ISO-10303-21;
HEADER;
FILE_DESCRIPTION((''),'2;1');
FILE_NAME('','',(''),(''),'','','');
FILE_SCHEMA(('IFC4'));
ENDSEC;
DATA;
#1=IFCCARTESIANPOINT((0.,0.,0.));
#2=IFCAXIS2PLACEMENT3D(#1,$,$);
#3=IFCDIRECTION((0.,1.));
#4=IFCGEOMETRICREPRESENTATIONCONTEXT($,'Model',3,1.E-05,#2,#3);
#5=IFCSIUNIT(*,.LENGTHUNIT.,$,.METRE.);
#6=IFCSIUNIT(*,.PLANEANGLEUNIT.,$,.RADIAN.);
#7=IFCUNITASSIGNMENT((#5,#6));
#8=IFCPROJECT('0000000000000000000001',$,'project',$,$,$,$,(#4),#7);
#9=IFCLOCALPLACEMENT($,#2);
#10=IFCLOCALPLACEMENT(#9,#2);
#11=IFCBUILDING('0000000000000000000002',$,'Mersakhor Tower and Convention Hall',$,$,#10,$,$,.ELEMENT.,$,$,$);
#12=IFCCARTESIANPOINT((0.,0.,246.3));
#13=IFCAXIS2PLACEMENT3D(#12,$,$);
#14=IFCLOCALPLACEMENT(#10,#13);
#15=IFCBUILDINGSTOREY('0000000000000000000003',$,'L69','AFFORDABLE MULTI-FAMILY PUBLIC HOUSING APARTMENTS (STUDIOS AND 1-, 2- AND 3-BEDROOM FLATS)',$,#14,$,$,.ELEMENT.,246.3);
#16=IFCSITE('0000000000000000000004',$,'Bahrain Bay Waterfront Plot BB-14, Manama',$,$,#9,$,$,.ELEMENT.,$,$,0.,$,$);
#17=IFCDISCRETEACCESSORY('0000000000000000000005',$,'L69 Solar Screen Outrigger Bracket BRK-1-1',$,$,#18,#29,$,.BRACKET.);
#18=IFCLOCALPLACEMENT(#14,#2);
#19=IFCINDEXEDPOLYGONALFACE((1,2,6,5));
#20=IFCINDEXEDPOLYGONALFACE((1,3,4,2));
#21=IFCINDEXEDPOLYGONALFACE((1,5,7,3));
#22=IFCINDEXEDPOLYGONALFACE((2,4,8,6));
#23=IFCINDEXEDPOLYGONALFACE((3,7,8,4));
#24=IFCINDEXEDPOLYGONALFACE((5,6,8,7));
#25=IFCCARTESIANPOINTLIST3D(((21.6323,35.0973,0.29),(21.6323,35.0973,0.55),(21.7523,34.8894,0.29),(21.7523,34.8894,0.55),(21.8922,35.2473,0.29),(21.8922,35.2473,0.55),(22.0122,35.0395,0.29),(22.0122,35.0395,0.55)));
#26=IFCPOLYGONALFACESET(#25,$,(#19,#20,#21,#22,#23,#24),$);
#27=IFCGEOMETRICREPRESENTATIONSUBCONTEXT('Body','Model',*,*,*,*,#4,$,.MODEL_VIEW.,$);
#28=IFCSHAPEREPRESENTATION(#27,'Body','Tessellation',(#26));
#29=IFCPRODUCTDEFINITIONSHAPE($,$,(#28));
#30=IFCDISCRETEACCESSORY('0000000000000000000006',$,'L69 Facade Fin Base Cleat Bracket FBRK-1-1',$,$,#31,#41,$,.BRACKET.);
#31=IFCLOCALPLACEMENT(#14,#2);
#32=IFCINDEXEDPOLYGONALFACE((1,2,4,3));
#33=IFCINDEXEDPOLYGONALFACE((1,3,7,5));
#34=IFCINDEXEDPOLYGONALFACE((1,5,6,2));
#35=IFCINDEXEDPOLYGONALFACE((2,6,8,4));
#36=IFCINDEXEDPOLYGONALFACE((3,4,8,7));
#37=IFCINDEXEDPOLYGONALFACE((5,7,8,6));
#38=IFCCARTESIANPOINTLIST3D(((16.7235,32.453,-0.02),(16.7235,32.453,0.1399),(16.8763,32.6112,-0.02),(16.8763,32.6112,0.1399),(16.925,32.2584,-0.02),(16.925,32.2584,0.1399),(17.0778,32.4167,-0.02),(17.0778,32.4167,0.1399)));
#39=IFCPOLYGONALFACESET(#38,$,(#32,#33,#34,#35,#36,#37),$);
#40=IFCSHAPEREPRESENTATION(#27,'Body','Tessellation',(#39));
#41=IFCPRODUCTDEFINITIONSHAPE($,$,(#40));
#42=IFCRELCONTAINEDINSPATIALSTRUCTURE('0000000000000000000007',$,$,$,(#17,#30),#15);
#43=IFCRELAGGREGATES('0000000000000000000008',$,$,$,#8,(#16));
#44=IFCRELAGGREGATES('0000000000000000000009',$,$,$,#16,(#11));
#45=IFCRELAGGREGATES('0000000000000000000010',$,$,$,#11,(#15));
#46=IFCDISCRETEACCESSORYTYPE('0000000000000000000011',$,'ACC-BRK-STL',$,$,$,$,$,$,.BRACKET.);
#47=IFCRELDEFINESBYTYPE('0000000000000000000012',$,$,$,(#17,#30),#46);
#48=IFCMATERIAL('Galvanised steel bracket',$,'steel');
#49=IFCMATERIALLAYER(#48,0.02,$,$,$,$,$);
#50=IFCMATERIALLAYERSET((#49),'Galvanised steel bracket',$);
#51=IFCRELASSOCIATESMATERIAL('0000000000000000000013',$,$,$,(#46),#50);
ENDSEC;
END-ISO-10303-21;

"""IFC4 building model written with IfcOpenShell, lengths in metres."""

from ifc_helpers import new_model, si_unit, direction, frame, origin, origin_2d, place, context, subcontext, project, spatial, rectangle, extrude, material, layer, layer_set, type_object, element, save


model = new_model("IFC4")

# Units and contexts
model_context = context("Model", 3, precision=1e-05, world=origin(), true_north=direction((0.0, 1.0)))
body_context = subcontext(model_context, "Body", "Model", "MODEL_VIEW")
ifc_project = project(units=[si_unit("LENGTHUNIT", "METRE"), si_unit("PLANEANGLEUNIT", "RADIAN")], contexts=[model_context])

# Site, building, storey
site_placement = place(None, origin())
site = spatial("IfcSite", under=ifc_project, at=site_placement, Name="Bahrain Bay Waterfront Plot BB-14, Manama", CompositionType="ELEMENT", RefElevation=0.0)
building_placement = place(site_placement, origin())
building = spatial("IfcBuilding", under=site, at=building_placement, Name="Mersakhor Tower and Convention Hall", CompositionType="ELEMENT")
storey_placement = place(building_placement, frame((0.0, 0.0, 246.3)))
storey = spatial("IfcBuildingStorey", under=building, at=storey_placement, Name="L69", Description="AFFORDABLE MULTI-FAMILY PUBLIC HOUSING APARTMENTS (STUDIOS AND 1-, 2- AND 3-BEDROOM FLATS)", CompositionType="ELEMENT", Elevation=246.3)

# Discrete accessories
ifc_material_1 = material(Name="Galvanised steel bracket", Category="steel")
ifc_layer_1 = layer(ifc_material_1, 0.02)
ifc_layer_set_1 = layer_set([ifc_layer_1], Name="Galvanised steel bracket")
discrete_accessory_type = type_object("IfcDiscreteAccessoryType", Name="ACC-BRK-STL", PredefinedType="BRACKET", material=ifc_layer_set_1)
discrete_accessory_1_placement = place(storey_placement, frame((21.8223, 35.0684, 0.29), z_axis=(0.0, 0.0, 1.0), x_axis=(0.866025, 0.5, 0.0)))
element("IfcDiscreteAccessory", 1, at=discrete_accessory_1_placement, inside=storey, type_object=discrete_accessory_type, Name="L69 Solar Screen Outrigger Bracket BRK-1-1", PredefinedType="BRACKET", context=body_context, shape_type="SweptSolid", body=[
    extrude(rectangle(XDim=0.3, YDim=0.24, at=origin_2d()), origin(), (0.0, 0.0, 1.0), 0.26),
])
discrete_accessory_2_placement = place(storey_placement, frame((16.9006, 32.4348, -0.02), z_axis=(0.0, 0.0, 1.0), x_axis=(-0.71934, 0.694658, 0.0)))
element("IfcDiscreteAccessory", 2, at=discrete_accessory_2_placement, inside=storey, type_object=discrete_accessory_type, Name="L69 Facade Fin Base Cleat Bracket FBRK-1-1", PredefinedType="BRACKET", context=body_context, shape_type="SweptSolid", body=[
    extrude(rectangle(XDim=0.28, YDim=0.22, at=origin_2d()), origin(), (0.0, 0.0, 1.0), 0.1599),
])

save(model, "model.ifc")
